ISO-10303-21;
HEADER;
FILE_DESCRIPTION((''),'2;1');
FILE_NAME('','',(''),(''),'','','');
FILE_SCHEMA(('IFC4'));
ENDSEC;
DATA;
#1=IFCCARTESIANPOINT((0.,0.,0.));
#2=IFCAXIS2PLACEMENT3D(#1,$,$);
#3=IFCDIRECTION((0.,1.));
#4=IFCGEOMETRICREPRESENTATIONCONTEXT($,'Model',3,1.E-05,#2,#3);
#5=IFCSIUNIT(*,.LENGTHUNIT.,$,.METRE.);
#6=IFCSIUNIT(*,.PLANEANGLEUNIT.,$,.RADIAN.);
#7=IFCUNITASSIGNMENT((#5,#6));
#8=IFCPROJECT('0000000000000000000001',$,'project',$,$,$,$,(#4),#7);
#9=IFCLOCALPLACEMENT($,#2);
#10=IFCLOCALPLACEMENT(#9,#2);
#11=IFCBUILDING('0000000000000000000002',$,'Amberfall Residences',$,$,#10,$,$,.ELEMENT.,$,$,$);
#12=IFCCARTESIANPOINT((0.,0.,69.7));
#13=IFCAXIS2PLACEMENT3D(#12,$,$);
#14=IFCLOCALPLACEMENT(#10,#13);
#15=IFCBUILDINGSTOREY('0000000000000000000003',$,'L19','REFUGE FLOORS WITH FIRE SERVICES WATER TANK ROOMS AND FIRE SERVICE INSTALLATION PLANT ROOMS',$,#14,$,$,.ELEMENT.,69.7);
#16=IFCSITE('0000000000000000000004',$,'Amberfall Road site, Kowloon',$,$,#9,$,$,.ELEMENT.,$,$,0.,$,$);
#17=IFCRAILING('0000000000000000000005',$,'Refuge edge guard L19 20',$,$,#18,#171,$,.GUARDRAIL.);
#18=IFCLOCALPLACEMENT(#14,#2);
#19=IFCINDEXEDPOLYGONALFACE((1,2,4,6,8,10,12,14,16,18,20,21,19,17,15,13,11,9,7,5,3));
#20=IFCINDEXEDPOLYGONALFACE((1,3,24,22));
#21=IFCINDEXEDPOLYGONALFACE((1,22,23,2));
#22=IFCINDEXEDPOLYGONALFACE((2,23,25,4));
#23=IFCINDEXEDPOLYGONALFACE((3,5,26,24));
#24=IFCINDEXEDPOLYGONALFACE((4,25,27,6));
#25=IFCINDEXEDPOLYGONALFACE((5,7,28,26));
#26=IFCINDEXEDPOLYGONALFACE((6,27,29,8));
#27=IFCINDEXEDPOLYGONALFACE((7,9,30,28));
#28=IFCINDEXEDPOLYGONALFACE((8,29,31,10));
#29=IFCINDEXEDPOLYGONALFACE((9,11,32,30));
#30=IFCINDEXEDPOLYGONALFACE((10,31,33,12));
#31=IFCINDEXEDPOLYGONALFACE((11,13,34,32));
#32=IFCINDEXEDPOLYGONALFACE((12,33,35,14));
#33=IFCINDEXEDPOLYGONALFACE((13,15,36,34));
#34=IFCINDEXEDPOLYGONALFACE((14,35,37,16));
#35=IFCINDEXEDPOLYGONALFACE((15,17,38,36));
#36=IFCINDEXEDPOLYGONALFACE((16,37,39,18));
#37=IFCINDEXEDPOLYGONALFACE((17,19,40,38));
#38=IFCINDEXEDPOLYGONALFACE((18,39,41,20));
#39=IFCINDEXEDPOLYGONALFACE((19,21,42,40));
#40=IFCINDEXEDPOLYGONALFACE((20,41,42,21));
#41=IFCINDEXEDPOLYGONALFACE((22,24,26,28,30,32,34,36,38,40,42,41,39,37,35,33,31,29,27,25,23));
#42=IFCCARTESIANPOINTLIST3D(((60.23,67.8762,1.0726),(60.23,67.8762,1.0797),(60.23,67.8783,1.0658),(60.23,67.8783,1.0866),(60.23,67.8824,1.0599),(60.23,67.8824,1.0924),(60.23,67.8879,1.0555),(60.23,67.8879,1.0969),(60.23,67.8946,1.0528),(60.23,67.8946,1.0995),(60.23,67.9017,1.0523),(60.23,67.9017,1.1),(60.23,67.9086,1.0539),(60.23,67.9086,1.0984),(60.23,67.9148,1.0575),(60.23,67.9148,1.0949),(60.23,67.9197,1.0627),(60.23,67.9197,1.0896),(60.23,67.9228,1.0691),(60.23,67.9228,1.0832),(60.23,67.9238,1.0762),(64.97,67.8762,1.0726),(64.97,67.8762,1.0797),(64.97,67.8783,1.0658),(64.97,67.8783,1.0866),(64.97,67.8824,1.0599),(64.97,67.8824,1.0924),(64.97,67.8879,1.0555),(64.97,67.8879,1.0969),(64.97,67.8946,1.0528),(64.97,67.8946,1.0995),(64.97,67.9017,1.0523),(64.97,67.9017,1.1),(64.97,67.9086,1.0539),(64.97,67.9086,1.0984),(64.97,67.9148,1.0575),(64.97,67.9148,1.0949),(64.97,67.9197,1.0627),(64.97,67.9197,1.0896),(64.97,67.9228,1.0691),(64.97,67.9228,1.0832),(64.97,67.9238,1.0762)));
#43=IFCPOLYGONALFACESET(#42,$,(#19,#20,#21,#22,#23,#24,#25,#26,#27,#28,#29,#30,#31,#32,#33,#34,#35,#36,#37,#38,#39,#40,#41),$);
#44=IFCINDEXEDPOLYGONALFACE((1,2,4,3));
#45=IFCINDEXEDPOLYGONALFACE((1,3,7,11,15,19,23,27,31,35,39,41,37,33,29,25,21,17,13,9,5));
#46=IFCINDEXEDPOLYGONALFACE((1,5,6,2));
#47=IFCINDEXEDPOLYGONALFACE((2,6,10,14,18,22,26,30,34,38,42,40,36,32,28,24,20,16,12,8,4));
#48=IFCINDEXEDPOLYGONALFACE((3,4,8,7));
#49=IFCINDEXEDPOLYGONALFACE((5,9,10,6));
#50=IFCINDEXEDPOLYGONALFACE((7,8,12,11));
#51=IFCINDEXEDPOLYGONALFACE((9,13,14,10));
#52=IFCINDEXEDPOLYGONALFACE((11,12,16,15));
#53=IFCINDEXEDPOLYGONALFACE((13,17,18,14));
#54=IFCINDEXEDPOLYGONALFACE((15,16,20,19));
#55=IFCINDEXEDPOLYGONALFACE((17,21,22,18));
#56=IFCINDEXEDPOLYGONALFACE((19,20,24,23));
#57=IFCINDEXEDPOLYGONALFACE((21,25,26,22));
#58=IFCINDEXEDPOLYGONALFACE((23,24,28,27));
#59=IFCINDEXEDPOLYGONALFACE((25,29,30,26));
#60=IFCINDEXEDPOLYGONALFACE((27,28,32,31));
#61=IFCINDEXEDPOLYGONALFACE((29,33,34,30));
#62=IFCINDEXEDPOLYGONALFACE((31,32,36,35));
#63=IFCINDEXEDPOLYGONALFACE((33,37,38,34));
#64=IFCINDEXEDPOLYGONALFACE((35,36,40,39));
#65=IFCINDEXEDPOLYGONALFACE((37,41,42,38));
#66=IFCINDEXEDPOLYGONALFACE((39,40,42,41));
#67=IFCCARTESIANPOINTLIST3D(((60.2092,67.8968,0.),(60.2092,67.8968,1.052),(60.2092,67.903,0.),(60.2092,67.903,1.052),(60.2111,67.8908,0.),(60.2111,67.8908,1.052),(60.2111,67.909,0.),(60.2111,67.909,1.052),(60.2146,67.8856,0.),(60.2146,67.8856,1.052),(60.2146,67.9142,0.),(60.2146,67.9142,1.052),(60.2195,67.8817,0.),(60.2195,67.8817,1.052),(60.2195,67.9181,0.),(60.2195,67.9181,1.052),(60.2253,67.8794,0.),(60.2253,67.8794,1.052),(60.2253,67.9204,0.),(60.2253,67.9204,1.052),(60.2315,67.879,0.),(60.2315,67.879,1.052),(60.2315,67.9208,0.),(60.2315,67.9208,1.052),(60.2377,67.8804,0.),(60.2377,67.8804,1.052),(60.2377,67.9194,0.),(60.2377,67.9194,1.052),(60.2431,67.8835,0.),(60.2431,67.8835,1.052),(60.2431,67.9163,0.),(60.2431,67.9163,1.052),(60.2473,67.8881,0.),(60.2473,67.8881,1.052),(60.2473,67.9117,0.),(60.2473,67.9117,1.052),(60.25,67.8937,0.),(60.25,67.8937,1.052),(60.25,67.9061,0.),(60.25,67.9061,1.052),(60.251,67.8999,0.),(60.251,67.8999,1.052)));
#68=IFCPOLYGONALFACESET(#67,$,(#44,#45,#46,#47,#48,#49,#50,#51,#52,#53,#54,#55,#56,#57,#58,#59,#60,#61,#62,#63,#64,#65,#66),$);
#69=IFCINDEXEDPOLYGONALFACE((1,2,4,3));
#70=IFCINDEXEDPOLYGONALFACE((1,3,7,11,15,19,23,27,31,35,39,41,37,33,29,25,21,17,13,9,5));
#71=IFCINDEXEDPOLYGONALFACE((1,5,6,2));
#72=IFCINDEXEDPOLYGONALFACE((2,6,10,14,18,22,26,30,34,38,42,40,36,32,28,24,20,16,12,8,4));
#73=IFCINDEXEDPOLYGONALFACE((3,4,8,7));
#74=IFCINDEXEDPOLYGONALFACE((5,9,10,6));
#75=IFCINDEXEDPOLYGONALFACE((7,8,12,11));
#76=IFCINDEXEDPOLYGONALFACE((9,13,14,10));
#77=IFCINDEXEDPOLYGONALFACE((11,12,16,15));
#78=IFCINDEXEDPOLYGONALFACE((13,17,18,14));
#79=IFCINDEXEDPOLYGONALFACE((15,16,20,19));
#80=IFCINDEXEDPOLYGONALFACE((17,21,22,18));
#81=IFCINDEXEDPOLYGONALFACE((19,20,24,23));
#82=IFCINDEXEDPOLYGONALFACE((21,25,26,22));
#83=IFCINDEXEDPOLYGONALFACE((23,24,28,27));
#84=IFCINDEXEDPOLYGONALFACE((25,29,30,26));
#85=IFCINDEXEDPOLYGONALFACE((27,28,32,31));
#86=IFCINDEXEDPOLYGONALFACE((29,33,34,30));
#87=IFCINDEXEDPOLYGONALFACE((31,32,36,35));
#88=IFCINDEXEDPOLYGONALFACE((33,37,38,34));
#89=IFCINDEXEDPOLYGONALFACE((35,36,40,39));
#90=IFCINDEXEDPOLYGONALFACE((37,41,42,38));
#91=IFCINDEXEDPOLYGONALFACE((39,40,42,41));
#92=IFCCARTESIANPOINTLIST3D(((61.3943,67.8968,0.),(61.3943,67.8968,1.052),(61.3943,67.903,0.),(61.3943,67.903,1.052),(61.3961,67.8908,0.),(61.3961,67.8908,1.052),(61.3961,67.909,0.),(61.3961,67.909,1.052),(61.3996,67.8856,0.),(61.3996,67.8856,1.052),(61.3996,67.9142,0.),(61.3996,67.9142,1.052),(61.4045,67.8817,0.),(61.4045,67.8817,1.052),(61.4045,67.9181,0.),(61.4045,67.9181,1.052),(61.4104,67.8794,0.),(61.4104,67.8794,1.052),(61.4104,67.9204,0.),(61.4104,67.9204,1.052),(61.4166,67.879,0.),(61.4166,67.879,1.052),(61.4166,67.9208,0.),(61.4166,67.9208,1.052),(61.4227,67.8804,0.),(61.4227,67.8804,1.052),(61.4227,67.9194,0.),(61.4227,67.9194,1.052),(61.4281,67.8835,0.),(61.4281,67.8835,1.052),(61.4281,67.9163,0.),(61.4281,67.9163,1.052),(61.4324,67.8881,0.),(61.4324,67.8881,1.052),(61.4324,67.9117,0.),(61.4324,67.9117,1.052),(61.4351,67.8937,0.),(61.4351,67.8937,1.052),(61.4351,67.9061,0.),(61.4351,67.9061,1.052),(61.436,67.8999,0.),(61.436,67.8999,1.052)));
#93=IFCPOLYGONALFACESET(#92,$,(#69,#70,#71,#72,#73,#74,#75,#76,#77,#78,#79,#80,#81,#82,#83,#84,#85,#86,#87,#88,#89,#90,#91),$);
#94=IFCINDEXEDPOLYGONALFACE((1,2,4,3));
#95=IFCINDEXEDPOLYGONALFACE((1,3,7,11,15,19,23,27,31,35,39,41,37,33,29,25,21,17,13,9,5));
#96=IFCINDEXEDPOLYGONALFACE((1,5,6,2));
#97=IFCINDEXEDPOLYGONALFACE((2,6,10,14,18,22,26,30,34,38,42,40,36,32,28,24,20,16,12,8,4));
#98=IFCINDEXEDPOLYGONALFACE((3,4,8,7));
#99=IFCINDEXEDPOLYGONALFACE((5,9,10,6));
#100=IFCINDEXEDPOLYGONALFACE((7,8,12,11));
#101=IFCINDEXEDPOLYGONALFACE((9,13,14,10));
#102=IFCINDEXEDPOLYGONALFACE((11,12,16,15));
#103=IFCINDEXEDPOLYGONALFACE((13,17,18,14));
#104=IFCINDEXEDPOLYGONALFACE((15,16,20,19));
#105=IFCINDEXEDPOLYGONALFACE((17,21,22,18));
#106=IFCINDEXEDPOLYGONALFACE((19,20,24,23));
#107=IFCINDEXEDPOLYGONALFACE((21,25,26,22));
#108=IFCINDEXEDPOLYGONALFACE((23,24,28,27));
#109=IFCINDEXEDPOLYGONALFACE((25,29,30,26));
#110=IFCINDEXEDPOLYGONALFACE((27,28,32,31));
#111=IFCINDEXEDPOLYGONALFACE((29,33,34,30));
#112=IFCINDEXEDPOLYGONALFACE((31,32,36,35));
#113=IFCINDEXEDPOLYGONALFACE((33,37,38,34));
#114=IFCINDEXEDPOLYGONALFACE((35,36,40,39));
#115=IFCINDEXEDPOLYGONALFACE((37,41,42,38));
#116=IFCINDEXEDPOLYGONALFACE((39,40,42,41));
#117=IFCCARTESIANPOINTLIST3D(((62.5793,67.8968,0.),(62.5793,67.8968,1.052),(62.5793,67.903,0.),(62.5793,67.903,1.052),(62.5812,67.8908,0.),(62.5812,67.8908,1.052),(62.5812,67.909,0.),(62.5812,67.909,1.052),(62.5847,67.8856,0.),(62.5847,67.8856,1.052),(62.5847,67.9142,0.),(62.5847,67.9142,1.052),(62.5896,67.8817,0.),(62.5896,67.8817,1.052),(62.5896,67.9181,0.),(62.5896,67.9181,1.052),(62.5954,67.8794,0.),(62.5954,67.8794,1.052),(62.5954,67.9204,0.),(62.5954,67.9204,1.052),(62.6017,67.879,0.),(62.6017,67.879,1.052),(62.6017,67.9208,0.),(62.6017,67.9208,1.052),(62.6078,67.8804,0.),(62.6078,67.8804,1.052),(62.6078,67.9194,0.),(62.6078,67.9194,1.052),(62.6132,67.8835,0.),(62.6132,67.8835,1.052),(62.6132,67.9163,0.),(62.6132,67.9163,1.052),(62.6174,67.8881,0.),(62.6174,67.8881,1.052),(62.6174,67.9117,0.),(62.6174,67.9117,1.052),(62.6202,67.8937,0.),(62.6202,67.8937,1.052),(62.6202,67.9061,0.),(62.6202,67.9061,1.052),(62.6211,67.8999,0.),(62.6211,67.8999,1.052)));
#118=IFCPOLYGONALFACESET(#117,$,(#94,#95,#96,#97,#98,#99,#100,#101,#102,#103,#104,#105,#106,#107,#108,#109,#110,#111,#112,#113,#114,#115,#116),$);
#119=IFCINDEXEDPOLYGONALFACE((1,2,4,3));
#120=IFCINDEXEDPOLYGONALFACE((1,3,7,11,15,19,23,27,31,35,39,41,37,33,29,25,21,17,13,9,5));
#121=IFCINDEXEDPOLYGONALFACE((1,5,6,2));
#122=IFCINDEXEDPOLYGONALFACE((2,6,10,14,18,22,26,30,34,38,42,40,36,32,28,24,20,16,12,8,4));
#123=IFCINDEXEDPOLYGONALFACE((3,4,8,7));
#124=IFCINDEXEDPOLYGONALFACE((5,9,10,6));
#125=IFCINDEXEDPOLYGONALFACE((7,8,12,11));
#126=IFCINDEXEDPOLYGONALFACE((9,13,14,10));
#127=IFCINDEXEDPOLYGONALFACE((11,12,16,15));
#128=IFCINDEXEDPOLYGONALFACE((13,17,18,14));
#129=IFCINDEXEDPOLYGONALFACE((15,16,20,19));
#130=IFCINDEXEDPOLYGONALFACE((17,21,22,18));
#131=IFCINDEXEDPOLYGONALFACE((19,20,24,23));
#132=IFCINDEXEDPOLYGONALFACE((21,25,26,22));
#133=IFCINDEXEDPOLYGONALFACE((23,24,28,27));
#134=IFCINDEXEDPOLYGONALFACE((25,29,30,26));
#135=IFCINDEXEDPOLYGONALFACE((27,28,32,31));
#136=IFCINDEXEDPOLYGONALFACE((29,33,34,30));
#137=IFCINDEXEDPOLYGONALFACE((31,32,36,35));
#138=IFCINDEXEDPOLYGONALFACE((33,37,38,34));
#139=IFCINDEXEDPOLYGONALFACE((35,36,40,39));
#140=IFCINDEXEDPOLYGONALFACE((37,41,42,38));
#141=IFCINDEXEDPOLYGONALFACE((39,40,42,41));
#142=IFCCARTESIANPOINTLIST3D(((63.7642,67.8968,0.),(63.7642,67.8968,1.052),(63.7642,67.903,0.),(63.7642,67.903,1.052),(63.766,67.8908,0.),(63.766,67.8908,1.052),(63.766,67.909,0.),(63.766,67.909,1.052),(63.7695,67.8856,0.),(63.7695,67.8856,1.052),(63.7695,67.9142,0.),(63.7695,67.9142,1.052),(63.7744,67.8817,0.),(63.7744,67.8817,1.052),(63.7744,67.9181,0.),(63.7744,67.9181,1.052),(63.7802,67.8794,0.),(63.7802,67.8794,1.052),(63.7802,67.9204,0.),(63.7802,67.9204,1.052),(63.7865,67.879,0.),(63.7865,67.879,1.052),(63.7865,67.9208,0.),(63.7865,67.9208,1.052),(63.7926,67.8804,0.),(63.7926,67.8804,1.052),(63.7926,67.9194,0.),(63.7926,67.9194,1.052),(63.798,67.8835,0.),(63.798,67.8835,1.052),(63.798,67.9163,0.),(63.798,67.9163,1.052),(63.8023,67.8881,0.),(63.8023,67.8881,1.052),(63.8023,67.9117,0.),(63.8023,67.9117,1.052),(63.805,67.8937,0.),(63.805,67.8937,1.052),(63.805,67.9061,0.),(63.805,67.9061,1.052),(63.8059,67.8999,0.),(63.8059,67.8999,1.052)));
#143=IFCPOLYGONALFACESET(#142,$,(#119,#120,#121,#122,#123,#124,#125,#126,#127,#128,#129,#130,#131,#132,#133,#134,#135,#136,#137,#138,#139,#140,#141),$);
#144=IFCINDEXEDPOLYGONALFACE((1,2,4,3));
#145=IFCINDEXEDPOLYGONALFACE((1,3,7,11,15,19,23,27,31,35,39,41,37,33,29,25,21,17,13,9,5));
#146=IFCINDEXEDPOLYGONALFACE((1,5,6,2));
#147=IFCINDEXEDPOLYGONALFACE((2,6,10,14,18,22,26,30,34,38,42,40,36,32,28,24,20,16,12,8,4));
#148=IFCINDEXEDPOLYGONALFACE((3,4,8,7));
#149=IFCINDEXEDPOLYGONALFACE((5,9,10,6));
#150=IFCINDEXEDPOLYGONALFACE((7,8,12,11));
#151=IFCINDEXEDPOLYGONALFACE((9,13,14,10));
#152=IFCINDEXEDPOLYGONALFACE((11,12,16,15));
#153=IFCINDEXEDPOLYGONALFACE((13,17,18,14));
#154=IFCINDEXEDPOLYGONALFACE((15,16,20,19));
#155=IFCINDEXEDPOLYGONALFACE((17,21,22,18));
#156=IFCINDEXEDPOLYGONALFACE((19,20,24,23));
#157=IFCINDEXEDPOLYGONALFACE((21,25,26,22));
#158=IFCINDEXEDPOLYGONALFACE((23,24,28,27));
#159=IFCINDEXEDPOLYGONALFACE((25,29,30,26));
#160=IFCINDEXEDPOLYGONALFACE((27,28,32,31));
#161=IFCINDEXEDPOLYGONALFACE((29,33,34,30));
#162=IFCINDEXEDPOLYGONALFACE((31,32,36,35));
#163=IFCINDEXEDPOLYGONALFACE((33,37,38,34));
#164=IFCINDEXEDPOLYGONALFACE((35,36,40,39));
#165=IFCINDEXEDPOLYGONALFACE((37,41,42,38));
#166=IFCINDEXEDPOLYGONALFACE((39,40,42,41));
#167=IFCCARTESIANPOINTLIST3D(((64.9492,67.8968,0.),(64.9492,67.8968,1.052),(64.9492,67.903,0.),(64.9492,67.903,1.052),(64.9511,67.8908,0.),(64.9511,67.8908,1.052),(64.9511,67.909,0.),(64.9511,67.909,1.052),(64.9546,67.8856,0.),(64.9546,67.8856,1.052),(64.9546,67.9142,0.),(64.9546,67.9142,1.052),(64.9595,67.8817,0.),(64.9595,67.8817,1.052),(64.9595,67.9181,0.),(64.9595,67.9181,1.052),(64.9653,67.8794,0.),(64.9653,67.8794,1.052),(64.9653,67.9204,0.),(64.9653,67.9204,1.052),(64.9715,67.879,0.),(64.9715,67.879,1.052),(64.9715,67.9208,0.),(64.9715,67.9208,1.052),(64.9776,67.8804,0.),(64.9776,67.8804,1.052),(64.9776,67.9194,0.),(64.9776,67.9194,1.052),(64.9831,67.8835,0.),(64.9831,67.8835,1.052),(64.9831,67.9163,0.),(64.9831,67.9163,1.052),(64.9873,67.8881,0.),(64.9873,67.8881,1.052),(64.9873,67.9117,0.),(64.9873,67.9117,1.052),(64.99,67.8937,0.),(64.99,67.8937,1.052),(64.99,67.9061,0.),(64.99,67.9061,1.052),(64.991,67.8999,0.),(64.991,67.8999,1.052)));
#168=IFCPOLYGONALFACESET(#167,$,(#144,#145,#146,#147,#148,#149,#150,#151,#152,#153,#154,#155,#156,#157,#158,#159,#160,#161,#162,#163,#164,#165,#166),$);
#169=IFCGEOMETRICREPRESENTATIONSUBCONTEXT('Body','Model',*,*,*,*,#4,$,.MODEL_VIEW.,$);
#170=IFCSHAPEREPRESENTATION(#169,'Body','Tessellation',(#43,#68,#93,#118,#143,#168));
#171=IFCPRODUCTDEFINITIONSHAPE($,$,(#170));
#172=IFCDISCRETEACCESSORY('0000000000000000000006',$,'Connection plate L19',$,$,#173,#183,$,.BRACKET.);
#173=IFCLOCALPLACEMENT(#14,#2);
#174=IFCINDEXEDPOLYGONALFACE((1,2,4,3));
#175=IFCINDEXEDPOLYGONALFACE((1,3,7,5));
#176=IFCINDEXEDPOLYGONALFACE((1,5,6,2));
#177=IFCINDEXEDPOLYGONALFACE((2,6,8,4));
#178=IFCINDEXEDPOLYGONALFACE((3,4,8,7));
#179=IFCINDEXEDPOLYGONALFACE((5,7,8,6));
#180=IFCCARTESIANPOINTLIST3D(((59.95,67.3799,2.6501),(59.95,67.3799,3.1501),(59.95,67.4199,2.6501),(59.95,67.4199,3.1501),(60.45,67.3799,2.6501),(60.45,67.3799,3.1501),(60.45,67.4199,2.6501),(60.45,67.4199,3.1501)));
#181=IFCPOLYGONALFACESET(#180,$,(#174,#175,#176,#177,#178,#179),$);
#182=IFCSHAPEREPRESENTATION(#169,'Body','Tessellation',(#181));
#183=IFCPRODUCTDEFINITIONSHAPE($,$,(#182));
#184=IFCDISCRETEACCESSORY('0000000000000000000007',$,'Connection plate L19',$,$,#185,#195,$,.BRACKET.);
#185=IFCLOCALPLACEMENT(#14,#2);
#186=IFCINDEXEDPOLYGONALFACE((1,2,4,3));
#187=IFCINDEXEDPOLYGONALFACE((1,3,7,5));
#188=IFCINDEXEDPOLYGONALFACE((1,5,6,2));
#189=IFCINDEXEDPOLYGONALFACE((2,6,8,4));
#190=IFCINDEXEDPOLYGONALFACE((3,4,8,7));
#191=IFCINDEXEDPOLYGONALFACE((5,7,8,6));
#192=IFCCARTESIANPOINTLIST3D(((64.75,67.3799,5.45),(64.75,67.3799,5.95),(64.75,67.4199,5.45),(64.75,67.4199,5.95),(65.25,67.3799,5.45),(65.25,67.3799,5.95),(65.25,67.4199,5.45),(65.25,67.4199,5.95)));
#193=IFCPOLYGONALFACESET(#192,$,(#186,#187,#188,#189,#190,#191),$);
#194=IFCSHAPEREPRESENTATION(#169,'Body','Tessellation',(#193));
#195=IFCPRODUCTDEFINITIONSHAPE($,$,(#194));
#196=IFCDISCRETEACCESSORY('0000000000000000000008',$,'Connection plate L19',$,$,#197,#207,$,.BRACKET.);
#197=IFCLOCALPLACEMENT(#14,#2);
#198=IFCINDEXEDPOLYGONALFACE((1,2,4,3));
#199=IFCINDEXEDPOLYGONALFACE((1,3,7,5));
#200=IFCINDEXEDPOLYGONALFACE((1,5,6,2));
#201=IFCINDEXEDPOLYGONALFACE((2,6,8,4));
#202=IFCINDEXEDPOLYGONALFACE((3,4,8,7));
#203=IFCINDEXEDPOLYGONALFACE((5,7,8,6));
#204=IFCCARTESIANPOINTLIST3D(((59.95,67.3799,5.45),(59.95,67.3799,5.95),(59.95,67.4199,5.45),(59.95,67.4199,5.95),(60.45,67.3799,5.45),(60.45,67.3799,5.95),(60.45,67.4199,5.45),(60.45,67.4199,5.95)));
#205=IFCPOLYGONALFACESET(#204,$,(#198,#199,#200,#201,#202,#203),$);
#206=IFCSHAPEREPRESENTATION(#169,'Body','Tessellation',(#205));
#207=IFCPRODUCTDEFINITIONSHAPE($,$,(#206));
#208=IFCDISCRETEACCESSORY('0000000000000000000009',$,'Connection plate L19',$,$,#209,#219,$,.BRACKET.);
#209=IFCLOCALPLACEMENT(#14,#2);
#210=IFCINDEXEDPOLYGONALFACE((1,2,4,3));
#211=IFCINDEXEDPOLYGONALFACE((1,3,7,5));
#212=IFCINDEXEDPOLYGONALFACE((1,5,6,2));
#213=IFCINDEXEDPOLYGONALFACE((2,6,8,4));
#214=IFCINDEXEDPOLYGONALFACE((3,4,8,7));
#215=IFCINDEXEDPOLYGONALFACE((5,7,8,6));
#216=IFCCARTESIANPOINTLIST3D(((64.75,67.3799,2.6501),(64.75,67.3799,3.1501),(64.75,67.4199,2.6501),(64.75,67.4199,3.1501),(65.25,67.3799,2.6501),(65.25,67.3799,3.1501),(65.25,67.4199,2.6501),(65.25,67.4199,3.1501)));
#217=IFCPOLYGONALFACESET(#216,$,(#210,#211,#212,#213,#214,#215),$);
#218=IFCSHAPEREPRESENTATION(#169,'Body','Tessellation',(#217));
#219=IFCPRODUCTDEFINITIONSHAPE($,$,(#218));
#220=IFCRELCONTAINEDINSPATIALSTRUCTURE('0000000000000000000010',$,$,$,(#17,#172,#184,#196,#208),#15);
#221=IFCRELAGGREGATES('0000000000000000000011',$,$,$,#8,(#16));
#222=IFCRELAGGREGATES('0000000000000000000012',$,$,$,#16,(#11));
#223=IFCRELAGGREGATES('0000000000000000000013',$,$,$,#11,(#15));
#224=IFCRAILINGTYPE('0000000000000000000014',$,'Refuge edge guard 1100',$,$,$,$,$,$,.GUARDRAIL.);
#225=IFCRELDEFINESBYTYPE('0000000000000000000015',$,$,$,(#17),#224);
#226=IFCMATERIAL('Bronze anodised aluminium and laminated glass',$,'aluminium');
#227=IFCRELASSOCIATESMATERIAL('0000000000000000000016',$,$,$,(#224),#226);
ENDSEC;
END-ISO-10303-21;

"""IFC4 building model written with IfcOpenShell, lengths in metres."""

from ifc_helpers import new_model, si_unit, direction, frame, origin, origin_2d, place, context, subcontext, project, spatial, rectangle, circle, extrude, material, type_object, element, save


model = new_model("IFC4")

# Units and contexts
model_context = context("Model", 3, precision=1e-05, world=origin(), true_north=direction((0.0, 1.0)))
body_context = subcontext(model_context, "Body", "Model", "MODEL_VIEW")
ifc_project = project(units=[si_unit("LENGTHUNIT", "METRE"), si_unit("PLANEANGLEUNIT", "RADIAN")], contexts=[model_context])

# Site, building, storey
site_placement = place(None, origin())
site = spatial("IfcSite", under=ifc_project, at=site_placement, Name="Amberfall Road site, Kowloon", CompositionType="ELEMENT", RefElevation=0.0)
building_placement = place(site_placement, origin())
building = spatial("IfcBuilding", under=site, at=building_placement, Name="Amberfall Residences", CompositionType="ELEMENT")
storey_placement = place(building_placement, frame((0.0, 0.0, 69.7)))
storey = spatial("IfcBuildingStorey", under=building, at=storey_placement, Name="L19", Description="REFUGE FLOORS WITH FIRE SERVICES WATER TANK ROOMS AND FIRE SERVICE INSTALLATION PLANT ROOMS", CompositionType="ELEMENT", Elevation=69.7)

# Railing
ifc_material_1 = material(Name="Bronze anodised aluminium and laminated glass", Category="aluminium")
railing_type = type_object("IfcRailingType", Name="Refuge edge guard 1100", PredefinedType="GUARDRAIL", material=ifc_material_1)
railing_placement = place(storey_placement, frame((60.23, 67.8999, 0.0)))
element("IfcRailing", 1, at=railing_placement, inside=storey, type_object=railing_type, Name="Refuge edge guard L19 20", PredefinedType="GUARDRAIL", context=body_context, shape_type="SweptSolid", body=[
    extrude(circle(Radius=0.0239, at=origin_2d()), frame((0.0, 0.0, 1.0762), z_axis=(1.0, 0.0, 0.0), x_axis=(0.0, 1.0, 0.0)), (0.0, 0.0, 1.0), 4.74),
    extrude(circle(Radius=0.021, at=origin_2d()), origin(), (0.0, 0.0, 1.0), 1.052),
    extrude(circle(Radius=0.021, at=origin_2d()), frame((1.1851, 0.0, 0.0)), (0.0, 0.0, 1.0), 1.052),
    extrude(circle(Radius=0.021, at=origin_2d()), frame((2.3701, 0.0, 0.0)), (0.0, 0.0, 1.0), 1.052),
    extrude(circle(Radius=0.021, at=origin_2d()), frame((3.5549, 0.0, 0.0)), (0.0, 0.0, 1.0), 1.052),
    extrude(circle(Radius=0.021, at=origin_2d()), frame((4.74, 0.0, 0.0)), (0.0, 0.0, 1.0), 1.052),
])

# Discrete accessories
for number, where, z_axis, x_axis, name in (
    (2, (60.2, 67.3999, 2.6501), (0.0, 0.0, 1.0), (1.0, 0.0, 0.0), "Connection plate L19"),
    (3, (65.0, 67.3999, 5.45), (0.0, 0.0, 1.0), (1.0, 0.0, 0.0), "Connection plate L19"),
    (4, (60.2, 67.3999, 5.45), (0.0, 0.0, 1.0), (1.0, 0.0, 0.0), "Connection plate L19"),
    (5, (65.0, 67.3999, 2.6501), (0.0, 0.0, 1.0), (1.0, 0.0, 0.0), "Connection plate L19"),
):
    element("IfcDiscreteAccessory", number, at=place(storey_placement, frame(where, z_axis=z_axis, x_axis=x_axis)), inside=storey, Name=name, PredefinedType="BRACKET", context=body_context, shape_type="SweptSolid", body=[
        extrude(rectangle(XDim=0.5, YDim=0.04, at=origin_2d()), origin(), (0.0, 0.0, 1.0), 0.5),
    ])

save(model, "model.ifc")
